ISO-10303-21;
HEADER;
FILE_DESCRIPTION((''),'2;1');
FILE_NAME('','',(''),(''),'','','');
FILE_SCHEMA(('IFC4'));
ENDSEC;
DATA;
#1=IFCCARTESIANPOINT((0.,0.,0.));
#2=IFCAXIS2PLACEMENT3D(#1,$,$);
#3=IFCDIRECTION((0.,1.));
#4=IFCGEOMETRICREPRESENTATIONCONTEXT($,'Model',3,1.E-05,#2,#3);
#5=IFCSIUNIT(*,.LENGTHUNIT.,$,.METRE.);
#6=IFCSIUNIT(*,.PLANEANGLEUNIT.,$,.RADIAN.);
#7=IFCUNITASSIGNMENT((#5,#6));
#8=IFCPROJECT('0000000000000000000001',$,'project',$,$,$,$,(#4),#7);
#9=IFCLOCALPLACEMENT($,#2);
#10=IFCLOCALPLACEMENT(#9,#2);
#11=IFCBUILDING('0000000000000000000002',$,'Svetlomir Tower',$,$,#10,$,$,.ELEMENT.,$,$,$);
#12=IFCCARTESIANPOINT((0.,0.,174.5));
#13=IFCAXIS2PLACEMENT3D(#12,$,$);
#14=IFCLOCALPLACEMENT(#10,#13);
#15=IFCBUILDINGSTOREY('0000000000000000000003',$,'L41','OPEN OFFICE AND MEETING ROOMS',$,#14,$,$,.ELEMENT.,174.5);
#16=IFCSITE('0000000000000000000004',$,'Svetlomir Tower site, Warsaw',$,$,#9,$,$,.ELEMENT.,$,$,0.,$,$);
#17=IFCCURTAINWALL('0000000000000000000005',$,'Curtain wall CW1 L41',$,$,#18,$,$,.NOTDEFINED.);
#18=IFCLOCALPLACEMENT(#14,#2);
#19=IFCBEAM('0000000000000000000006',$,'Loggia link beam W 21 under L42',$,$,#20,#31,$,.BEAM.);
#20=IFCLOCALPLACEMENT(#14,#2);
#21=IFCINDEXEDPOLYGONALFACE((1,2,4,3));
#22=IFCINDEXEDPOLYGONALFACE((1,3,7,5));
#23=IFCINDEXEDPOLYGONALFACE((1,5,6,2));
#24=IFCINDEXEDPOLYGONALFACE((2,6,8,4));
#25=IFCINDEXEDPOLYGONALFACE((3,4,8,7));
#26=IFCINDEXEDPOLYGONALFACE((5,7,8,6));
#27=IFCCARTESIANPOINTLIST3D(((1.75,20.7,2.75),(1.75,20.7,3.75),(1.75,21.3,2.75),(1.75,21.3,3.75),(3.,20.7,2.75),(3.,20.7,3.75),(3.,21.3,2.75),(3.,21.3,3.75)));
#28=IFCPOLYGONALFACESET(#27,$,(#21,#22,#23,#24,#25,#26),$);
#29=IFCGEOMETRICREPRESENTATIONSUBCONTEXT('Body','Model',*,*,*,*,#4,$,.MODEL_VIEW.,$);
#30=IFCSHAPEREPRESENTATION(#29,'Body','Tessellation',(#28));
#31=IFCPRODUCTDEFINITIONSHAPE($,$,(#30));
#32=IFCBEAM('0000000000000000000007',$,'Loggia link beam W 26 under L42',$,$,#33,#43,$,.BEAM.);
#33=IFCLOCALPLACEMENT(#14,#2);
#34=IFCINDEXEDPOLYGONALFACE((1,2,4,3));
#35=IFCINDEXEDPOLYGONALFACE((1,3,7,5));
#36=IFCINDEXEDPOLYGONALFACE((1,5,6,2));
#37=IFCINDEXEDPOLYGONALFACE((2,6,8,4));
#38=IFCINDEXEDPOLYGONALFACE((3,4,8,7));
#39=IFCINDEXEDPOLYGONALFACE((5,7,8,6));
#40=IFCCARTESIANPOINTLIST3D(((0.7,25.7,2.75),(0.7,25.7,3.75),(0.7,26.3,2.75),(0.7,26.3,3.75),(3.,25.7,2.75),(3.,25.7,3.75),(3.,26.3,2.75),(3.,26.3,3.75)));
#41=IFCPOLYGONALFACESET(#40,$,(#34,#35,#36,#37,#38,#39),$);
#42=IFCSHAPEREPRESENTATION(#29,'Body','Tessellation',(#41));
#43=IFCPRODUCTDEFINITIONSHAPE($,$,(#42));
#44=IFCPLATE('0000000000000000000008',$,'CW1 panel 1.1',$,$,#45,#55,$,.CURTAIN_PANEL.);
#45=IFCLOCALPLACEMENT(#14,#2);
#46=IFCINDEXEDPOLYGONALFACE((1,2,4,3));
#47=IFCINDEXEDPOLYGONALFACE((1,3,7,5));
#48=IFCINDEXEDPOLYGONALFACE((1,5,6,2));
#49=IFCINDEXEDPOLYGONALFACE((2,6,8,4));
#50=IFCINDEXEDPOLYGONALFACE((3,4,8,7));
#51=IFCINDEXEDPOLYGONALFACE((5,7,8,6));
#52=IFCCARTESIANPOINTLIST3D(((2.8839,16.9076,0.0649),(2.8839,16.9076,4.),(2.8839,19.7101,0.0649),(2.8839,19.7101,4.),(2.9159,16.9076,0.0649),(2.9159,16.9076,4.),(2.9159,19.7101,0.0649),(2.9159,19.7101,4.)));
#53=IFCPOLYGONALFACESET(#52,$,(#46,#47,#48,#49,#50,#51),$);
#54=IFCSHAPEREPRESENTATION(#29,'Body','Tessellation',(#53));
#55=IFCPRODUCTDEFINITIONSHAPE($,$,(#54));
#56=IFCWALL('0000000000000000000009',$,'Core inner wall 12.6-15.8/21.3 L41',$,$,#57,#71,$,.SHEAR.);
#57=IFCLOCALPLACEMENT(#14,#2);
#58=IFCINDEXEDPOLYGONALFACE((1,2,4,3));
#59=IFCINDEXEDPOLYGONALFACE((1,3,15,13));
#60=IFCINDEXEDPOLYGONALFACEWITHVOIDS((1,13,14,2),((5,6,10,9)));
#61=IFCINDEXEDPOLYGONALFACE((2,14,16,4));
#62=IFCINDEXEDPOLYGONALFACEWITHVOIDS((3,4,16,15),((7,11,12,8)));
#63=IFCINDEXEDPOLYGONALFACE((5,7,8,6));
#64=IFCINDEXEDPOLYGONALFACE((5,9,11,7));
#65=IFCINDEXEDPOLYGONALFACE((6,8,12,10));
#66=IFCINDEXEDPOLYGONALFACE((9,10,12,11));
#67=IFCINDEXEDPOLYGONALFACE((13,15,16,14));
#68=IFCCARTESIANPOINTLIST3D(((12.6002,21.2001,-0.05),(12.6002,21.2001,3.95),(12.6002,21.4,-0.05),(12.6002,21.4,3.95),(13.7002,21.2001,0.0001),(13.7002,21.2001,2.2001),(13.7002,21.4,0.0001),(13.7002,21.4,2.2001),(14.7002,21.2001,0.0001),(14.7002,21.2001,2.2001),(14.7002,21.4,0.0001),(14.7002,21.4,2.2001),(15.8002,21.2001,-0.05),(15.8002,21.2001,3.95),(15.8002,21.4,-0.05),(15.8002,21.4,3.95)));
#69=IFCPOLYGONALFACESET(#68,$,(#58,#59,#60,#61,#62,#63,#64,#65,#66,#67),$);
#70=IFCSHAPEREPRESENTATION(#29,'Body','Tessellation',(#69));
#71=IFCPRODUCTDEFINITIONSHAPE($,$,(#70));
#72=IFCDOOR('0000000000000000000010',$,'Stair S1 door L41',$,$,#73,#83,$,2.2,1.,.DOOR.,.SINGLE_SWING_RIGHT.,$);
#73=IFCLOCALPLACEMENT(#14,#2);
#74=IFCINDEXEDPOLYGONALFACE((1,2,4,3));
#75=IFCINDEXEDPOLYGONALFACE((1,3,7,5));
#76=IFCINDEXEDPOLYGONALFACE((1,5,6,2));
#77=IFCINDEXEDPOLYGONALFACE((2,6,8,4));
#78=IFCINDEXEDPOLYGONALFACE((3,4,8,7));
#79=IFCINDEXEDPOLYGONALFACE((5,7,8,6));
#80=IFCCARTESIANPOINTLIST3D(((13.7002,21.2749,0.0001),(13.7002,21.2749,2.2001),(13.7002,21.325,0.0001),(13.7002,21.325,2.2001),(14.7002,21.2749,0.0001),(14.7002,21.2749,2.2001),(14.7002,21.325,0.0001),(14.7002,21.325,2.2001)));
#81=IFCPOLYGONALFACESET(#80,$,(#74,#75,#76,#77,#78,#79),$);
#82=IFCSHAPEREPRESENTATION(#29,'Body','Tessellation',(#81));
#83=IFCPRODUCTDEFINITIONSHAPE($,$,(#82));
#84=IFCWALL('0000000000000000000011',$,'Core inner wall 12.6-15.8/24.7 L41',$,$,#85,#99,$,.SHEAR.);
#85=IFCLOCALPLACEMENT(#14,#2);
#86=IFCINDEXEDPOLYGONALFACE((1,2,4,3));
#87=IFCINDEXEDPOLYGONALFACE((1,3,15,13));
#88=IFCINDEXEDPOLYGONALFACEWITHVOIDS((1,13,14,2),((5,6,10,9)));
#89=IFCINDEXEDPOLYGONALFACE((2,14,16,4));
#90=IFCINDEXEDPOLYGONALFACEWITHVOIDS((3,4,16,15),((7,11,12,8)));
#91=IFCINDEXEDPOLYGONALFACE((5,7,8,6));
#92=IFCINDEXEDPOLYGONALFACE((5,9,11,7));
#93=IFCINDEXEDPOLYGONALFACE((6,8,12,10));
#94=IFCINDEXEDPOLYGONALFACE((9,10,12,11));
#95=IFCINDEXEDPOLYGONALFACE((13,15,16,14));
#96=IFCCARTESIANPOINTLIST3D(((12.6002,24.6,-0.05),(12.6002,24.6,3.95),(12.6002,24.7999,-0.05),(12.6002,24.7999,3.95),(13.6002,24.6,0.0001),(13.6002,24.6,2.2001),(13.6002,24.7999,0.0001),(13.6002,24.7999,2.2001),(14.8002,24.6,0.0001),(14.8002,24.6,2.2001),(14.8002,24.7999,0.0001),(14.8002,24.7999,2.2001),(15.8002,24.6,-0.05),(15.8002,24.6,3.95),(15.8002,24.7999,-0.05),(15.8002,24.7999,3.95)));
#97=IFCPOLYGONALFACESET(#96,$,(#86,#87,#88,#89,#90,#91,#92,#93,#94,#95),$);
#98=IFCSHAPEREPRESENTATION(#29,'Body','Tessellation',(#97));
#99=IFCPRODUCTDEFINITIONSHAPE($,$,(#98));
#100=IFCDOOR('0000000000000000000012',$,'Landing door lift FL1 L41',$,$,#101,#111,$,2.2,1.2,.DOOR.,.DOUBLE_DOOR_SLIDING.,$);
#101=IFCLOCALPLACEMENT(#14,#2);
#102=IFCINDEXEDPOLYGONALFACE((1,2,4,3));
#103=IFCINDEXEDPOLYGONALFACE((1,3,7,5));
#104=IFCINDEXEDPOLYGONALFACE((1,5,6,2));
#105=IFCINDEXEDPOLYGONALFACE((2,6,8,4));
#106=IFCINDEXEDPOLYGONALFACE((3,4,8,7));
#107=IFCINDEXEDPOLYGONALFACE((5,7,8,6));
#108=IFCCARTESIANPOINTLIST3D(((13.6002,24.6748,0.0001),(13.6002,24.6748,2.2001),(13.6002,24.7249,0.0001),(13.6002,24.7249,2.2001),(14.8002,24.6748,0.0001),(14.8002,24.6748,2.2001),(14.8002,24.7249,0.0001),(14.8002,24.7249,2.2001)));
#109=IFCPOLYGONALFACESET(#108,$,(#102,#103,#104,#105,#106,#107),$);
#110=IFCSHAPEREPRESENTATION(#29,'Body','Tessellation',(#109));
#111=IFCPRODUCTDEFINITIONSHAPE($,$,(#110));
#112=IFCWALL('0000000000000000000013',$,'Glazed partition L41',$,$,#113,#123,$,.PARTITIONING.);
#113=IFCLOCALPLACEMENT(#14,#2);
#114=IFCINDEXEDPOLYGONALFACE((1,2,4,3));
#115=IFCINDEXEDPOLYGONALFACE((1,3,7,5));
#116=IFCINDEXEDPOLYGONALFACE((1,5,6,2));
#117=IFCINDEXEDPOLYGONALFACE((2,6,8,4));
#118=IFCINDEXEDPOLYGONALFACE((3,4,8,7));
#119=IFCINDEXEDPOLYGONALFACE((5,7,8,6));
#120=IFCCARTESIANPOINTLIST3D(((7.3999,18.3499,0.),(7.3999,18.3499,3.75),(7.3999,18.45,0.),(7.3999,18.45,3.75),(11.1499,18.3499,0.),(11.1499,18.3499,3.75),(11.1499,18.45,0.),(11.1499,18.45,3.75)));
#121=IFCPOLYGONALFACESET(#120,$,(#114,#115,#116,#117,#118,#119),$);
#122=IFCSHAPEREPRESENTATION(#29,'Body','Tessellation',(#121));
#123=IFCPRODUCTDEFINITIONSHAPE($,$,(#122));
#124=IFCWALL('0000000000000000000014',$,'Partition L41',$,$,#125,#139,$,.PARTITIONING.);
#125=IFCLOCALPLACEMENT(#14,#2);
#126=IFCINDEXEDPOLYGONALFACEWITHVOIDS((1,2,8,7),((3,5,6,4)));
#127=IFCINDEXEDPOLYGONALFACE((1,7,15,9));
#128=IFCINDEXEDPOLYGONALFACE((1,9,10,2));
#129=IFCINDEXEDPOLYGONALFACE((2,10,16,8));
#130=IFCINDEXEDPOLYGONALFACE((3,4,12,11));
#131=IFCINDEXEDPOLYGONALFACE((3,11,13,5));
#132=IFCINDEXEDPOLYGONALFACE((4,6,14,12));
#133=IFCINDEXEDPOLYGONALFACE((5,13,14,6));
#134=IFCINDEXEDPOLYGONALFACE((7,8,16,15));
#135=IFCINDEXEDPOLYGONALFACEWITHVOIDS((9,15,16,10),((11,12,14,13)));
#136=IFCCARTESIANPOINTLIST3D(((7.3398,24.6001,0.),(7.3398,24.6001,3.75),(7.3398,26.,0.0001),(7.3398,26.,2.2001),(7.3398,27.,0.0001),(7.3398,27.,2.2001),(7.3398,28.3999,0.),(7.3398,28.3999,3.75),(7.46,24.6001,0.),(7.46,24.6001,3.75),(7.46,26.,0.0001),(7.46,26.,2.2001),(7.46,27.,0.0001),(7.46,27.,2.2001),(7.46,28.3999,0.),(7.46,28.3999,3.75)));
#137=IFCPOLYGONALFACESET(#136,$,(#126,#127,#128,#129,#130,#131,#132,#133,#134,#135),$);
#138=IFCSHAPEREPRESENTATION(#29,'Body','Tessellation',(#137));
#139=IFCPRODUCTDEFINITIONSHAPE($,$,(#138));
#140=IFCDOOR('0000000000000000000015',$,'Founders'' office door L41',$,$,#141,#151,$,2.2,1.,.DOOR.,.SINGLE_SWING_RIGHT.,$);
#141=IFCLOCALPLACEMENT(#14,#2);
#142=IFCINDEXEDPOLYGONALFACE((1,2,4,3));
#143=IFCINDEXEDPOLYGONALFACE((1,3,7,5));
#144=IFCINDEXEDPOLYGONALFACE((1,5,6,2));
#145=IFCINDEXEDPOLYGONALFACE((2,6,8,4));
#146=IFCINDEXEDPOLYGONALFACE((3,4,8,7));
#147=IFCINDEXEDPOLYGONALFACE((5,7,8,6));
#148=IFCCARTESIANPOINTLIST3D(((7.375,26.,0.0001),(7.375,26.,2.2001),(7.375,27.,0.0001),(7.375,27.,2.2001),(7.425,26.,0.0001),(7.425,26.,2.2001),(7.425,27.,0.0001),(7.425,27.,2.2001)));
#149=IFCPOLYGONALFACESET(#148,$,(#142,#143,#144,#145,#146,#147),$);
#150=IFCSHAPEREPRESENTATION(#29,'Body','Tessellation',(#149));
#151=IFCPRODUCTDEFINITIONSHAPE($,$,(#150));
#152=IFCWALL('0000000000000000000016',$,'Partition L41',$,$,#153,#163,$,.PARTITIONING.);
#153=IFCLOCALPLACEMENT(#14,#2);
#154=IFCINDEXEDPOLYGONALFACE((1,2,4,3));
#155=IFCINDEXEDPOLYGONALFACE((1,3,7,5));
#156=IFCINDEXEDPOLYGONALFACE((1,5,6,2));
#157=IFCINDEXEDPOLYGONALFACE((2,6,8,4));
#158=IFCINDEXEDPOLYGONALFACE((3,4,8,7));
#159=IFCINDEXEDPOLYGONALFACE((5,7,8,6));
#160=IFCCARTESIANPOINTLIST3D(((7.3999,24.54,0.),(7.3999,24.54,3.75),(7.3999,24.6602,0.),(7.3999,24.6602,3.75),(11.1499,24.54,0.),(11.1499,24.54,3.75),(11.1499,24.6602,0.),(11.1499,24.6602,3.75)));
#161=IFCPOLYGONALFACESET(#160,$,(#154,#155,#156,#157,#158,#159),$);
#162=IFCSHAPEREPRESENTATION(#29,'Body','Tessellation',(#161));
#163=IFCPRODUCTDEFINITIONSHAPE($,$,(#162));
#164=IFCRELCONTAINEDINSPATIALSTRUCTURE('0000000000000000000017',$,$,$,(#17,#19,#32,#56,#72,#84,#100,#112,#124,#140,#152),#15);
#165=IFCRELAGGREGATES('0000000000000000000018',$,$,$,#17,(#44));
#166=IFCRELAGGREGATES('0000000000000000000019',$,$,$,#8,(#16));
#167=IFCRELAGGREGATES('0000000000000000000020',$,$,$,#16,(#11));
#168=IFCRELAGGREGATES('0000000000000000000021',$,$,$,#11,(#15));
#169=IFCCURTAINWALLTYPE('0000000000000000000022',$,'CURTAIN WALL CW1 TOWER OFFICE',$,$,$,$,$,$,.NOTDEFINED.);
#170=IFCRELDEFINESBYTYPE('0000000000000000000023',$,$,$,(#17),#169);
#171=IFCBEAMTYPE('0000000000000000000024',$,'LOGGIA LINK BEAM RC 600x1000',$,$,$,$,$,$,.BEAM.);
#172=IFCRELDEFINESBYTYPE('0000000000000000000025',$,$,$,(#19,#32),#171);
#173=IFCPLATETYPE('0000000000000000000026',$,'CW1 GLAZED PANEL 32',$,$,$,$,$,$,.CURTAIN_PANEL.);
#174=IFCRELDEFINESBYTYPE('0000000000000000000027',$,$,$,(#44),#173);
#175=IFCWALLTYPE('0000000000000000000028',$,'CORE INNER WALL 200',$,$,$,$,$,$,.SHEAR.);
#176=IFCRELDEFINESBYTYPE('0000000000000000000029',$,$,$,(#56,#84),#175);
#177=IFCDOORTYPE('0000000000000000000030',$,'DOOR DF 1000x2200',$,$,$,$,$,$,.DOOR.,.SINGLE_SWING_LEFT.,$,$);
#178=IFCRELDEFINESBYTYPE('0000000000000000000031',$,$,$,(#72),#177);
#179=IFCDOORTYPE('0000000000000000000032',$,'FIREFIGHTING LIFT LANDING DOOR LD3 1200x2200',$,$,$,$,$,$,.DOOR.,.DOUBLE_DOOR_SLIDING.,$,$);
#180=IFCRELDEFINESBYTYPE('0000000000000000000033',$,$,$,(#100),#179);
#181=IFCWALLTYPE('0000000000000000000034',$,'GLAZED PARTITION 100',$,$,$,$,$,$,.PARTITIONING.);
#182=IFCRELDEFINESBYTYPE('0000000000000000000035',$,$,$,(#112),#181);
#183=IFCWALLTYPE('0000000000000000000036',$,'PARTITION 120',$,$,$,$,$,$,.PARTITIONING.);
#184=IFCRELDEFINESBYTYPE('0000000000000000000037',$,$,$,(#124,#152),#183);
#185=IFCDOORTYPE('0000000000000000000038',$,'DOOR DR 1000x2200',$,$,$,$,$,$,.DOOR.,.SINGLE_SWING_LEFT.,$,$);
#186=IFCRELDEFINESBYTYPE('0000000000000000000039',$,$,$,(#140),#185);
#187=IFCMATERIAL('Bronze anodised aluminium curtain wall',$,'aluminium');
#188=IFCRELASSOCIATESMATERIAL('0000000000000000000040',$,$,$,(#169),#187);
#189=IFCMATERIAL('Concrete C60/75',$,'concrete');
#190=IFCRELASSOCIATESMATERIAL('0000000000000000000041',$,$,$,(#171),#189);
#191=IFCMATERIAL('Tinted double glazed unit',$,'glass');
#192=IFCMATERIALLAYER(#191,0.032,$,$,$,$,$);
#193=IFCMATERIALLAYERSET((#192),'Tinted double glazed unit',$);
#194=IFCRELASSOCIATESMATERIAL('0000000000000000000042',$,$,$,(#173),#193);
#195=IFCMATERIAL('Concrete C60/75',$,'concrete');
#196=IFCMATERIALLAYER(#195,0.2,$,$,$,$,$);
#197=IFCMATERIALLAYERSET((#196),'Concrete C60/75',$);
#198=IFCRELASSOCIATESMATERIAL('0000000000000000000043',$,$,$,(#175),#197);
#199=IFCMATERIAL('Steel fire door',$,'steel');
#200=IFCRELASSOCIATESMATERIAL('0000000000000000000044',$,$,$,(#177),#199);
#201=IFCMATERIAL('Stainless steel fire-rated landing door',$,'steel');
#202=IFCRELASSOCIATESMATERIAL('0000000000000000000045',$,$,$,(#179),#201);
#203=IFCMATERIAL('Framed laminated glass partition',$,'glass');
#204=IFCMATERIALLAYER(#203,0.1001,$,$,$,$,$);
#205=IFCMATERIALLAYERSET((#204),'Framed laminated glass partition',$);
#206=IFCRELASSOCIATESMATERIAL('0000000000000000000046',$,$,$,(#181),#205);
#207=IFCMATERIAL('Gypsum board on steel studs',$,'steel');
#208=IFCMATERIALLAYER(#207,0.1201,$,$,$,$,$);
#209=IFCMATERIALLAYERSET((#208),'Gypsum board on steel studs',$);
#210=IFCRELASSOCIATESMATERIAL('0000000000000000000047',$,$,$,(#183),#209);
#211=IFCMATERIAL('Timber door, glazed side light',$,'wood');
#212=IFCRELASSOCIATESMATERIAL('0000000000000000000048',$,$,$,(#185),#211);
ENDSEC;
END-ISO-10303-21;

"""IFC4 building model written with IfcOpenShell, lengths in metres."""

from ifc_helpers import new_model, si_unit, direction, frame, frame_2d, origin, origin_2d, place, context, subcontext, project, spatial, rectangle, extrude, material, layer, layer_set, material_profile, profile_set, type_object, element, fill, aggregate, save


model = new_model("IFC4")

# Units and contexts
model_context = context("Model", 3, precision=1e-05, world=origin(), true_north=direction((0.0, 1.0)))
body_context = subcontext(model_context, "Body", "Model", "MODEL_VIEW")
ifc_project = project(units=[si_unit("LENGTHUNIT", "METRE"), si_unit("PLANEANGLEUNIT", "RADIAN")], contexts=[model_context])

# Site, building, storey
site_placement = place(None, origin())
site = spatial("IfcSite", under=ifc_project, at=site_placement, Name="Svetlomir Tower site, Warsaw", CompositionType="ELEMENT", RefElevation=0.0)
building_placement = place(site_placement, origin())
building = spatial("IfcBuilding", under=site, at=building_placement, Name="Svetlomir Tower", CompositionType="ELEMENT")
storey_placement = place(building_placement, frame((0.0, 0.0, 174.5)))
storey = spatial("IfcBuildingStorey", under=building, at=storey_placement, Name="L41", Description="OPEN OFFICE AND MEETING ROOMS", CompositionType="ELEMENT", Elevation=174.5)

# Curtain wall
ifc_material_1 = material(Name="Bronze anodised aluminium curtain wall", Category="aluminium")
curtain_wall_type = type_object("IfcCurtainWallType", Name="CURTAIN WALL CW1 TOWER OFFICE", PredefinedType="NOTDEFINED", material=ifc_material_1)
curtain_wall_1_placement = place(storey_placement, origin())
curtain_wall_1 = element("IfcCurtainWall", 1, at=curtain_wall_1_placement, inside=storey, type_object=curtain_wall_type, Name="Curtain wall CW1 L41", PredefinedType="NOTDEFINED")

# Beams
ifc_material_2 = material(Name="Concrete C60/75", Category="concrete")
ifc_material_profile_1 = material_profile(ifc_material_2, rectangle(XDim=0.6001, YDim=1.0, at=origin_2d()), Name="RC 600x1000")
ifc_profile_set_1 = profile_set([ifc_material_profile_1], Name="Concrete C60/75")
beam_type_1 = type_object("IfcBeamType", Name="LOGGIA LINK BEAM RC 600x1000", PredefinedType="BEAM", material=ifc_profile_set_1)
beam_1_placement = place(storey_placement, frame((1.75, 21.0, 3.25), z_axis=(1.0, 0.0, 0.0), x_axis=(0.0, 1.0, 0.0)))
element("IfcBeam", 2, at=beam_1_placement, inside=storey, type_object=beam_type_1, Name="Loggia link beam W 21 under L42", PredefinedType="BEAM", context=body_context, shape_type="SweptSolid", body=[
    extrude(rectangle(XDim=0.6001, YDim=1.0, at=origin_2d()), origin(), (0.0, 0.0, 1.0), 1.25),
])
beam_2_placement = place(storey_placement, frame((0.7, 26.0, 3.25), z_axis=(1.0, 0.0, 0.0), x_axis=(0.0, 1.0, 0.0)))
element("IfcBeam", 3, at=beam_2_placement, inside=storey, type_object=beam_type_1, Name="Loggia link beam W 26 under L42", PredefinedType="BEAM", context=body_context, shape_type="SweptSolid", body=[
    extrude(rectangle(XDim=0.6001, YDim=1.0, at=origin_2d()), origin(), (0.0, 0.0, 1.0), 2.3),
])

# Plate
ifc_material_3 = material(Name="Tinted double glazed unit", Category="glass")
ifc_layer_1 = layer(ifc_material_3, 0.032)
ifc_layer_set_1 = layer_set([ifc_layer_1], Name="Tinted double glazed unit")
plate_type = type_object("IfcPlateType", Name="CW1 GLAZED PANEL 32", PredefinedType="CURTAIN_PANEL", material=ifc_layer_set_1)
plate_placement = place(storey_placement, frame((2.8999, 18.3088, 0.0649), z_axis=(0.0, 0.0, 1.0), x_axis=(0.0, -1.0, 0.0)))
plate = element("IfcPlate", 4, at=plate_placement, type_object=plate_type, Name="CW1 panel 1.1", PredefinedType="CURTAIN_PANEL", context=body_context, shape_type="SweptSolid", body=[
    extrude(rectangle(XDim=2.8025, YDim=0.032, at=origin_2d()), origin(), (0.0, 0.0, 1.0), 3.9351),
])
aggregate(curtain_wall_1, [plate])

# Walls, openings, doors
ifc_material_4 = material(Name="Concrete C60/75", Category="concrete")
ifc_layer_2 = layer(ifc_material_4, 0.2)
ifc_layer_set_2 = layer_set([ifc_layer_2], Name="Concrete C60/75")
wall_type_1 = type_object("IfcWallType", Name="CORE INNER WALL 200", PredefinedType="SHEAR", material=ifc_layer_set_2)
wall_1_placement = place(storey_placement, frame((12.6001, 21.3, -0.05), z_axis=(0.0, 0.0, 1.0), x_axis=(1.0, 0.0, 0.0)))
wall_1 = element("IfcWall", 5, at=wall_1_placement, inside=storey, type_object=wall_type_1, Name="Core inner wall 12.6-15.8/21.3 L41", PredefinedType="SHEAR", context=body_context, shape_type="SweptSolid", body=[
    extrude(rectangle(XDim=3.2, YDim=0.2, at=frame_2d((1.6001, 0.0))), origin(), (0.0, 0.0, 1.0), 4.0),
])
opening_1_placement = place(wall_1_placement, frame((1.1001, 0.0, 0.05)))
opening_1 = element("IfcOpeningElement", 6, at=opening_1_placement, cuts=wall_1, PredefinedType="OPENING", context=body_context, shape_type="SweptSolid", body=[
    extrude(rectangle(XDim=1.0, YDim=2.2, at=frame_2d((0.5, 1.1001))), frame((0.0, 0.1099, 0.0), z_axis=(0.0, -1.0, 0.0), x_axis=(1.0, 0.0, 0.0)), (0.0, 0.0, 1.0), 0.22),
])
ifc_material_5 = material(Name="Steel fire door", Category="steel")
door_type_1 = type_object("IfcDoorType", Name="DOOR DF 1000x2200", OperationType="SINGLE_SWING_LEFT", PredefinedType="DOOR", material=ifc_material_5)
door_1_placement = place(opening_1_placement, origin())
door_1 = element("IfcDoor", 7, at=door_1_placement, inside=storey, type_object=door_type_1, Name="Stair S1 door L41", OperationType="SINGLE_SWING_RIGHT", OverallHeight=2.2, OverallWidth=1.0, PredefinedType="DOOR", context=body_context, shape_type="SweptSolid", body=[
    extrude(rectangle(XDim=1.0, YDim=2.2, at=frame_2d((0.5, 1.1001))), frame((0.0, 0.0249, 0.0), z_axis=(0.0, -1.0, 0.0), x_axis=(1.0, 0.0, 0.0)), (0.0, 0.0, 1.0), 0.05),
])
fill(opening_1, door_1)
wall_2_placement = place(storey_placement, frame((12.6001, 24.7, -0.05), z_axis=(0.0, 0.0, 1.0), x_axis=(1.0, 0.0, 0.0)))
wall_2 = element("IfcWall", 8, at=wall_2_placement, inside=storey, type_object=wall_type_1, Name="Core inner wall 12.6-15.8/24.7 L41", PredefinedType="SHEAR", context=body_context, shape_type="SweptSolid", body=[
    extrude(rectangle(XDim=3.2, YDim=0.2, at=frame_2d((1.6001, 0.0))), origin(), (0.0, 0.0, 1.0), 4.0),
])
opening_2_placement = place(wall_2_placement, frame((1.0, 0.0, 0.05)))
opening_2 = element("IfcOpeningElement", 9, at=opening_2_placement, cuts=wall_2, PredefinedType="OPENING", context=body_context, shape_type="SweptSolid", body=[
    extrude(rectangle(XDim=1.2, YDim=2.2, at=frame_2d((0.6001, 1.1001))), frame((0.0, 0.1099, 0.0), z_axis=(0.0, -1.0, 0.0), x_axis=(1.0, 0.0, 0.0)), (0.0, 0.0, 1.0), 0.22),
])
ifc_material_6 = material(Name="Stainless steel fire-rated landing door", Category="steel")
door_type_2 = type_object("IfcDoorType", Name="FIREFIGHTING LIFT LANDING DOOR LD3 1200x2200", OperationType="DOUBLE_DOOR_SLIDING", PredefinedType="DOOR", material=ifc_material_6)
door_2_placement = place(opening_2_placement, origin())
door_2 = element("IfcDoor", 10, at=door_2_placement, inside=storey, type_object=door_type_2, Name="Landing door lift FL1 L41", OperationType="DOUBLE_DOOR_SLIDING", OverallHeight=2.2, OverallWidth=1.2, PredefinedType="DOOR", context=body_context, shape_type="SweptSolid", body=[
    extrude(rectangle(XDim=1.2, YDim=2.2, at=frame_2d((0.6001, 1.1001))), frame((0.0, 0.0249, 0.0), z_axis=(0.0, -1.0, 0.0), x_axis=(1.0, 0.0, 0.0)), (0.0, 0.0, 1.0), 0.05),
])
fill(opening_2, door_2)

# Wall
ifc_material_7 = material(Name="Framed laminated glass partition", Category="glass")
ifc_layer_3 = layer(ifc_material_7, 0.1001)
ifc_layer_set_3 = layer_set([ifc_layer_3], Name="Framed laminated glass partition")
wall_type_2 = type_object("IfcWallType", Name="GLAZED PARTITION 100", PredefinedType="PARTITIONING", material=ifc_layer_set_3)
wall_3_placement = place(storey_placement, frame((7.3999, 18.3999, 0.0), z_axis=(0.0, 0.0, 1.0), x_axis=(1.0, 0.0, 0.0)))
element("IfcWall", 11, at=wall_3_placement, inside=storey, type_object=wall_type_2, Name="Glazed partition L41", PredefinedType="PARTITIONING", context=body_context, shape_type="SweptSolid", body=[
    extrude(rectangle(XDim=3.75, YDim=0.1001, at=frame_2d((1.875, 0.0))), origin(), (0.0, 0.0, 1.0), 3.75),
])

# Wall, opening, door
ifc_material_8 = material(Name="Gypsum board on steel studs", Category="steel")
ifc_layer_4 = layer(ifc_material_8, 0.1201)
ifc_layer_set_4 = layer_set([ifc_layer_4], Name="Gypsum board on steel studs")
wall_type_3 = type_object("IfcWallType", Name="PARTITION 120", PredefinedType="PARTITIONING", material=ifc_layer_set_4)
wall_4_placement = place(storey_placement, frame((7.3999, 24.6001, 0.0), z_axis=(0.0, 0.0, 1.0), x_axis=(0.0, 1.0, 0.0)))
wall_4 = element("IfcWall", 12, at=wall_4_placement, inside=storey, type_object=wall_type_3, Name="Partition L41", PredefinedType="PARTITIONING", context=body_context, shape_type="SweptSolid", body=[
    extrude(rectangle(XDim=3.7998, YDim=0.1201, at=frame_2d((1.8999, 0.0))), origin(), (0.0, 0.0, 1.0), 3.75),
])
opening_3_placement = place(wall_4_placement, frame((1.3999, 0.0, 0.0)))
opening_3 = element("IfcOpeningElement", 13, at=opening_3_placement, cuts=wall_4, PredefinedType="OPENING", context=body_context, shape_type="SweptSolid", body=[
    extrude(rectangle(XDim=1.0, YDim=2.2, at=frame_2d((0.5, 1.1001))), frame((0.0, 0.0701, 0.0), z_axis=(0.0, -1.0, 0.0), x_axis=(1.0, 0.0, 0.0)), (0.0, 0.0, 1.0), 0.1401),
])
ifc_material_9 = material(Name="Timber door, glazed side light", Category="wood")
door_type_3 = type_object("IfcDoorType", Name="DOOR DR 1000x2200", OperationType="SINGLE_SWING_LEFT", PredefinedType="DOOR", material=ifc_material_9)
door_3_placement = place(opening_3_placement, origin())
door_3 = element("IfcDoor", 14, at=door_3_placement, inside=storey, type_object=door_type_3, Name="Founders' office door L41", OperationType="SINGLE_SWING_RIGHT", OverallHeight=2.2, OverallWidth=1.0, PredefinedType="DOOR", context=body_context, shape_type="SweptSolid", body=[
    extrude(rectangle(XDim=1.0, YDim=2.2, at=frame_2d((0.5, 1.1001))), frame((0.0, 0.0249, 0.0), z_axis=(0.0, -1.0, 0.0), x_axis=(1.0, 0.0, 0.0)), (0.0, 0.0, 1.0), 0.05),
])
fill(opening_3, door_3)

# Wall
wall_5_placement = place(storey_placement, frame((7.3999, 24.6001, 0.0), z_axis=(0.0, 0.0, 1.0), x_axis=(1.0, 0.0, 0.0)))
element("IfcWall", 15, at=wall_5_placement, inside=storey, type_object=wall_type_3, Name="Partition L41", PredefinedType="PARTITIONING", context=body_context, shape_type="SweptSolid", body=[
    extrude(rectangle(XDim=3.75, YDim=0.1201, at=frame_2d((1.875, 0.0))), origin(), (0.0, 0.0, 1.0), 3.75),
])

save(model, "model.ifc")
